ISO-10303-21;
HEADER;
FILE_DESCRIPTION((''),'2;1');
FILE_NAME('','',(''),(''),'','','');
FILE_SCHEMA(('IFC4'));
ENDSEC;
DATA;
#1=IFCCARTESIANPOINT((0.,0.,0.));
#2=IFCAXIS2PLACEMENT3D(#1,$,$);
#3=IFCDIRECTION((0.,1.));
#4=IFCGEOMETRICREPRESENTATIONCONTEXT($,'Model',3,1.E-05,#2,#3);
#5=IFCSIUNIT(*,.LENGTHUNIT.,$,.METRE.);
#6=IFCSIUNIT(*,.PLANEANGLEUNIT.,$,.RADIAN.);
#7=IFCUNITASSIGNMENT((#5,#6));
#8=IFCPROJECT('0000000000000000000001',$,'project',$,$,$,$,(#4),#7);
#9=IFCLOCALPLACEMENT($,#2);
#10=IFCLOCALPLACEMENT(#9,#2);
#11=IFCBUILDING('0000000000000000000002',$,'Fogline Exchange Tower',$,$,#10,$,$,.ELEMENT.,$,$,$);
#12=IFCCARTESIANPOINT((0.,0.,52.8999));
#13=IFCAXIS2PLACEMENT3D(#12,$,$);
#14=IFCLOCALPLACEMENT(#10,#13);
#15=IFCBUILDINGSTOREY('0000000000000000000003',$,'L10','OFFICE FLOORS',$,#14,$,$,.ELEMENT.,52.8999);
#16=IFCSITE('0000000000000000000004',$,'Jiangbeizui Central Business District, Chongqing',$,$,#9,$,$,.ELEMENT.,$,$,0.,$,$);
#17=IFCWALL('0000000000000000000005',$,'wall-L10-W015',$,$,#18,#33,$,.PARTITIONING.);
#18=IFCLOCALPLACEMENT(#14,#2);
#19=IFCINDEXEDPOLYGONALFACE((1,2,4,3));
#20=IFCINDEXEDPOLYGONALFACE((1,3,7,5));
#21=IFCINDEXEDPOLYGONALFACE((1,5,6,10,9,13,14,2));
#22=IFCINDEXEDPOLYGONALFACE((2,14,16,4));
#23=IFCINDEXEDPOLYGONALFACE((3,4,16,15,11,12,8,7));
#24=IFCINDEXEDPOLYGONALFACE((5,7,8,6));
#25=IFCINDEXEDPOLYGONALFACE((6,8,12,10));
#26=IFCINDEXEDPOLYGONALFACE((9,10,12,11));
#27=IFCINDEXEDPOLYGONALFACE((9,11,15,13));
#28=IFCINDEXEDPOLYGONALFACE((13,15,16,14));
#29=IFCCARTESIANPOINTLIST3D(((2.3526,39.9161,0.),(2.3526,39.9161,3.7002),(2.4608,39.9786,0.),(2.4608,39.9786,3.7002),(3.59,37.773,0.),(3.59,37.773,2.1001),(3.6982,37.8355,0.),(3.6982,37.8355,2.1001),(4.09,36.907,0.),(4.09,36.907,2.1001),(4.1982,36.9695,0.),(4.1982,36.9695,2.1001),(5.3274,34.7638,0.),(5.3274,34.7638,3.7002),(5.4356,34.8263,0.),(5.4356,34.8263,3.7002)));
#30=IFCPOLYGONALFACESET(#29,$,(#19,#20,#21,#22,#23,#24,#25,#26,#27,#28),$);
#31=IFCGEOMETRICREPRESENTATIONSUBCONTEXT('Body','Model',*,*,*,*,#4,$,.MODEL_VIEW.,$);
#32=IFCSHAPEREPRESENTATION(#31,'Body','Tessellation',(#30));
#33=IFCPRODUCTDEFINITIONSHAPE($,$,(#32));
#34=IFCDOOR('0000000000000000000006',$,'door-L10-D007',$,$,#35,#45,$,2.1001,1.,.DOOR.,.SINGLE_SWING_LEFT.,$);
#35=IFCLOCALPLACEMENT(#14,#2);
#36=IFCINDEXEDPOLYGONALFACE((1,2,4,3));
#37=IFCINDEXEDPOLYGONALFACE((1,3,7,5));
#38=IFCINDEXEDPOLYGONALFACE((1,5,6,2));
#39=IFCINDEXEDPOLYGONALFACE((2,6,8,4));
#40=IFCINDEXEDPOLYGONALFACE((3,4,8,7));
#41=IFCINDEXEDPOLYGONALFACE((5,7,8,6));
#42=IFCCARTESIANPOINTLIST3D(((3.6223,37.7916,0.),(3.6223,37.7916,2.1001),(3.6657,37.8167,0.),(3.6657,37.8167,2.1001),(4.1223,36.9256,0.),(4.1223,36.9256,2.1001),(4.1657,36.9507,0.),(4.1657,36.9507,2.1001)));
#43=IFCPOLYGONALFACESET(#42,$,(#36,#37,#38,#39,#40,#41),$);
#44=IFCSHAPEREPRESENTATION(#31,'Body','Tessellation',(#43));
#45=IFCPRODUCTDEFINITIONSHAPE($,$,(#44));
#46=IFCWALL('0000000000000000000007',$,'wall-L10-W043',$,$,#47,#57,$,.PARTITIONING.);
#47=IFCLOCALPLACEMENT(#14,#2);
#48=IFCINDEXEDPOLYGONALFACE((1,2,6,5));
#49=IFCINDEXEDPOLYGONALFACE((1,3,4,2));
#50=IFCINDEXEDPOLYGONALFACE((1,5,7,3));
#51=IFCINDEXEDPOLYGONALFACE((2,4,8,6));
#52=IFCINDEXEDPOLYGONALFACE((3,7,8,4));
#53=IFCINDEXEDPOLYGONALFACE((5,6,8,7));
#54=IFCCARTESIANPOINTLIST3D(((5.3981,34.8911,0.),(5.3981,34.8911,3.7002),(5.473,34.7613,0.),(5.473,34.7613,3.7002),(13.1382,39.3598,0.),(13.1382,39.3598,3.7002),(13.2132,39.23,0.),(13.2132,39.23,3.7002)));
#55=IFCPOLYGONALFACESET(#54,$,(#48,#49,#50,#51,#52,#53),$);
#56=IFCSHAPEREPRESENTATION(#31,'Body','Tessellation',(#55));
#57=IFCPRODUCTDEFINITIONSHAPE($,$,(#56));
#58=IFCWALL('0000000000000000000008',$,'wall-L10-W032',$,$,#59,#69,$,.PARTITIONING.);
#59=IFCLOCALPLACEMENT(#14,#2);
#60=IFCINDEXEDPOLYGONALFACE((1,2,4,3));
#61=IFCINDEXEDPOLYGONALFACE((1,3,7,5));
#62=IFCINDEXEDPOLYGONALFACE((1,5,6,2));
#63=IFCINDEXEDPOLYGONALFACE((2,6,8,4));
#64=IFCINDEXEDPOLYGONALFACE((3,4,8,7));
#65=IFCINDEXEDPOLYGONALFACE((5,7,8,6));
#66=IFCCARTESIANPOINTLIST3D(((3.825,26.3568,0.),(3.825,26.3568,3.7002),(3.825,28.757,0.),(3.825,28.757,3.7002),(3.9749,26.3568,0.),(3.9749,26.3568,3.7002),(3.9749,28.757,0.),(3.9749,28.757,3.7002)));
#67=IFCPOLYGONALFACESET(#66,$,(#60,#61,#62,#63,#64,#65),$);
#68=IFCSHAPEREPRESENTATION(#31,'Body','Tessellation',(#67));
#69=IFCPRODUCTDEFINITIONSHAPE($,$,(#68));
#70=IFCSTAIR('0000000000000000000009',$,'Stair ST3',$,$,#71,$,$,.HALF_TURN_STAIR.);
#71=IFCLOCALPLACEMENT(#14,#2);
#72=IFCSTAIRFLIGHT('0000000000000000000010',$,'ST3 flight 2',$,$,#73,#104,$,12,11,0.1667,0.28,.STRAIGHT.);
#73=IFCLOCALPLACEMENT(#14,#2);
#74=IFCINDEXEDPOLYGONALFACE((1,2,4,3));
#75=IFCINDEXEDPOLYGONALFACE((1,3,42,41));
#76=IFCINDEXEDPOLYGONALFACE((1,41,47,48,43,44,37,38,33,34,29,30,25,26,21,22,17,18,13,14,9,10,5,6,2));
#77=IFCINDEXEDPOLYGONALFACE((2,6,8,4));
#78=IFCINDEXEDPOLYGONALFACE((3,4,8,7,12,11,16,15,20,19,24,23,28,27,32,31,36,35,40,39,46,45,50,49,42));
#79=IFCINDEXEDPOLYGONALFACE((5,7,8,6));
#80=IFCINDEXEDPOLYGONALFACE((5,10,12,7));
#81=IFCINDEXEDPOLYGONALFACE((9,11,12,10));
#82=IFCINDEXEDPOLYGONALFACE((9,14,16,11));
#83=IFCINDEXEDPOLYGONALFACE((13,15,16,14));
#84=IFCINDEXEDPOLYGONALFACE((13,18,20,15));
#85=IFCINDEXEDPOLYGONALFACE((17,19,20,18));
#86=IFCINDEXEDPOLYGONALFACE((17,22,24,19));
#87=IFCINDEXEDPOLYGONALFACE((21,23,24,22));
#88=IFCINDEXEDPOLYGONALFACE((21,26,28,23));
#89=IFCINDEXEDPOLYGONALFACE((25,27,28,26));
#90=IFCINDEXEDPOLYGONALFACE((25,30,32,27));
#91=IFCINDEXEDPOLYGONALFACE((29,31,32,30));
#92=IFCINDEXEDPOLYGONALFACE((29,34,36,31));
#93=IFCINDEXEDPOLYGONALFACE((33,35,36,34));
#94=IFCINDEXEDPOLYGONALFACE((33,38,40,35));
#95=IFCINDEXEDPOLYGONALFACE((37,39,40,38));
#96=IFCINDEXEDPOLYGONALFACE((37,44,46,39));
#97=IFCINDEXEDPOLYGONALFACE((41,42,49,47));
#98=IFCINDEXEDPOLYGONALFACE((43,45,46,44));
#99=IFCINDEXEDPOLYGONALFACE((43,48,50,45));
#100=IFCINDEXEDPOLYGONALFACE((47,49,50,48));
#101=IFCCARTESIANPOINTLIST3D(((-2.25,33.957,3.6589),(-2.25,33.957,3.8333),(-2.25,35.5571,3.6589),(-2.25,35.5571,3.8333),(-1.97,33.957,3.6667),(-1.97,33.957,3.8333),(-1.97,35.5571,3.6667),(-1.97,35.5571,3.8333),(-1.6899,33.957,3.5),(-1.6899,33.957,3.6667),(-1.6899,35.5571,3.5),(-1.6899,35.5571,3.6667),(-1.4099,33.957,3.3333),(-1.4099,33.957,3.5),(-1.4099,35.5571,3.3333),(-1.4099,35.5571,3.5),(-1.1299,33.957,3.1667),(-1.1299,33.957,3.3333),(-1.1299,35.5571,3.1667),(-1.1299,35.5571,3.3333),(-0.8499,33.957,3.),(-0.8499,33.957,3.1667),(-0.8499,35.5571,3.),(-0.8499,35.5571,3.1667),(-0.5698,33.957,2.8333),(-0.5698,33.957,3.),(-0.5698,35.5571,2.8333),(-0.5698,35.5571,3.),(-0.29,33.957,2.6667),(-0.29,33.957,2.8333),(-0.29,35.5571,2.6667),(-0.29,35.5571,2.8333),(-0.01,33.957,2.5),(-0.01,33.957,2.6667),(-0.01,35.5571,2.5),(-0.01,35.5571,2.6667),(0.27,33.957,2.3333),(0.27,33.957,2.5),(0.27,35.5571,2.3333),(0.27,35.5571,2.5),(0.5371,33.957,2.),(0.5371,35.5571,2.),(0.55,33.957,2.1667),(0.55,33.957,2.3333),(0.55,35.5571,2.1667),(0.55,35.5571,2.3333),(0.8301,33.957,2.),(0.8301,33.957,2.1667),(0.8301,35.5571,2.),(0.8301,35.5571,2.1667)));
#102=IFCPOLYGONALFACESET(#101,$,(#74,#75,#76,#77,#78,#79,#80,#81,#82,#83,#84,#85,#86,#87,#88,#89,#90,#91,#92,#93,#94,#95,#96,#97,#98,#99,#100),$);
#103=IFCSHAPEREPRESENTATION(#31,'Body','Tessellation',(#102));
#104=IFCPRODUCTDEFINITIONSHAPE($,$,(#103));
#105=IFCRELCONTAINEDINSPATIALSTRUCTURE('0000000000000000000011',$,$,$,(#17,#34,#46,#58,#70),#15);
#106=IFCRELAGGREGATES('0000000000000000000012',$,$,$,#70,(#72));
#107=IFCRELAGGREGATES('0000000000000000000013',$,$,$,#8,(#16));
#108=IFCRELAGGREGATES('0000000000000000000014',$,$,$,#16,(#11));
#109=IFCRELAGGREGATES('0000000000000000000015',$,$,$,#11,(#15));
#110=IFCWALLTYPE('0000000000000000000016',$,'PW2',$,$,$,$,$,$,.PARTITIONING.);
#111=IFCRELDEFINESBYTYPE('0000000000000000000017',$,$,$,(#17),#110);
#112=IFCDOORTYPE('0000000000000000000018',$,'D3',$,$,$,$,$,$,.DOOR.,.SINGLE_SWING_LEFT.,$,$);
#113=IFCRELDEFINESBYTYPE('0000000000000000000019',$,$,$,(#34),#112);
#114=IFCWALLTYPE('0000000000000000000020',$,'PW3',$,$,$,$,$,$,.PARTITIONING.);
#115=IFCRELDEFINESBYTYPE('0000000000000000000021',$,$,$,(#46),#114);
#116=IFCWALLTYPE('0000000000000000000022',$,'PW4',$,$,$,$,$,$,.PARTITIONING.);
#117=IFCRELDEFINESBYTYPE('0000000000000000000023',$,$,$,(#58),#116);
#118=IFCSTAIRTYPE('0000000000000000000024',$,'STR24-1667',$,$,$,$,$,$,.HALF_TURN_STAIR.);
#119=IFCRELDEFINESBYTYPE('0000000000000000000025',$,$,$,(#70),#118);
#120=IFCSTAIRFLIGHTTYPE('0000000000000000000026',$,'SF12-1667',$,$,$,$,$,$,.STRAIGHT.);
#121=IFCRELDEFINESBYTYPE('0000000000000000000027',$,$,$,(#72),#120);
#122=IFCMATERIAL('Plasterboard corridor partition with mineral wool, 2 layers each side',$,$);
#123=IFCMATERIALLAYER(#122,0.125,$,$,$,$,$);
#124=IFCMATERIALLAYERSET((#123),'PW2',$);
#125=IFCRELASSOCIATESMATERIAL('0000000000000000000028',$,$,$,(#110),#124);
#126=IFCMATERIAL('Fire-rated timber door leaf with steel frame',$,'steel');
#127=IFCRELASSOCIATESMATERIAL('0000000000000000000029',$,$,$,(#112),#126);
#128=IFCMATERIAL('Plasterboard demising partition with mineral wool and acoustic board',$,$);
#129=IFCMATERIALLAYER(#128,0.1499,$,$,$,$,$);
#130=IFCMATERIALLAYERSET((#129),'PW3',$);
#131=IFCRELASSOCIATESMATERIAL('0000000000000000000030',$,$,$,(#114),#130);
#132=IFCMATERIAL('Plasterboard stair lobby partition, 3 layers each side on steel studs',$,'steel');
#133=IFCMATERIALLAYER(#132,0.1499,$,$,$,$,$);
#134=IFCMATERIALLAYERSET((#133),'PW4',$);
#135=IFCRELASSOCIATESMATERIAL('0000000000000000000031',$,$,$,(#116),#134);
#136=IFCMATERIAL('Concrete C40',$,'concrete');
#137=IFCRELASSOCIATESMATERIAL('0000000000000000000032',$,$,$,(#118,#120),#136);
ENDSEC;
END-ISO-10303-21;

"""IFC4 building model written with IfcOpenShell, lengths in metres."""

from ifc_helpers import new_model, si_unit, direction, frame, frame_2d, origin, place, context, subcontext, project, spatial, polyline, rectangle, outline, extrude, material, layer, layer_set, type_object, element, fill, aggregate, save


model = new_model("IFC4")

# Units and contexts
model_context = context("Model", 3, precision=1e-05, world=origin(), true_north=direction((0.0, 1.0)))
body_context = subcontext(model_context, "Body", "Model", "MODEL_VIEW")
ifc_project = project(units=[si_unit("LENGTHUNIT", "METRE"), si_unit("PLANEANGLEUNIT", "RADIAN")], contexts=[model_context])

# Site, building, storey
site_placement = place(None, origin())
site = spatial("IfcSite", under=ifc_project, at=site_placement, Name="Jiangbeizui Central Business District, Chongqing", CompositionType="ELEMENT", RefElevation=0.0)
building_placement = place(site_placement, origin())
building = spatial("IfcBuilding", under=site, at=building_placement, Name="Fogline Exchange Tower", CompositionType="ELEMENT")
storey_placement = place(building_placement, frame((0.0, 0.0, 52.8999)))
storey = spatial("IfcBuildingStorey", under=building, at=storey_placement, Name="L10", Description="OFFICE FLOORS", CompositionType="ELEMENT", Elevation=52.8999)

# Shared definitions
ifc_material_1 = material(Name="Concrete C40", Category="concrete")

# Shared definitions
ifc_material_2 = material(Name="Plasterboard corridor partition with mineral wool, 2 layers each side")
ifc_layer_1 = layer(ifc_material_2, 0.125)
ifc_layer_set_1 = layer_set([ifc_layer_1], Name="PW2")
wall_type_1 = type_object("IfcWallType", Name="PW2", PredefinedType="PARTITIONING", material=ifc_layer_set_1)
ifc_material_3 = material(Name="Fire-rated timber door leaf with steel frame", Category="steel")
door_type = type_object("IfcDoorType", Name="D3", OperationType="SINGLE_SWING_LEFT", PredefinedType="DOOR", material=ifc_material_3)

# Wall, opening, door
wall_1_placement = place(storey_placement, frame((2.4067, 39.9473, 0.0), z_axis=(0.0, 0.0, 1.0), x_axis=(0.500018, -0.866015, 0.0)))
wall_1 = element("IfcWall", 1, at=wall_1_placement, inside=storey, type_object=wall_type_1, Name="wall-L10-W015", PredefinedType="PARTITIONING", context=body_context, shape_type="SweptSolid", body=[
    extrude(rectangle(XDim=5.9495, YDim=0.125, at=frame_2d((2.9746, 0.0))), origin(), (0.0, 0.0, 1.0), 3.7002),
])
opening_1_placement = place(wall_1_placement, frame((2.4746, 0.0, 0.0)))
opening_1 = element("IfcOpeningElement", 2, at=opening_1_placement, cuts=wall_1, PredefinedType="OPENING", context=body_context, shape_type="SweptSolid", body=[
    extrude(rectangle(XDim=1.0, YDim=2.1001, at=frame_2d((0.5, 1.05))), frame((0.0, 0.0725, 0.0), z_axis=(0.0, -1.0, 0.0), x_axis=(1.0, 0.0, 0.0)), (0.0, 0.0, 1.0), 0.145),
])
door_1_placement = place(opening_1_placement, origin())
door_1 = element("IfcDoor", 3, at=door_1_placement, inside=storey, type_object=door_type, Name="door-L10-D007", OperationType="SINGLE_SWING_LEFT", OverallHeight=2.1001, OverallWidth=1.0, PredefinedType="DOOR", context=body_context, shape_type="SweptSolid", body=[
    extrude(rectangle(XDim=1.0, YDim=2.1001, at=frame_2d((0.5, 1.05))), frame((0.0, 0.0249, 0.0), z_axis=(0.0, -1.0, 0.0), x_axis=(1.0, 0.0, 0.0)), (0.0, 0.0, 1.0), 0.05),
])
fill(opening_1, door_1)

# Walls
ifc_material_4 = material(Name="Plasterboard demising partition with mineral wool and acoustic board")
ifc_layer_2 = layer(ifc_material_4, 0.1499)
ifc_layer_set_2 = layer_set([ifc_layer_2], Name="PW3")
wall_type_2 = type_object("IfcWallType", Name="PW3", PredefinedType="PARTITIONING", material=ifc_layer_set_2)
wall_2_placement = place(storey_placement, frame((5.4355, 34.8262, 0.0), z_axis=(0.0, 0.0, 1.0), x_axis=(0.866029, 0.499994, 0.0)))
element("IfcWall", 4, at=wall_2_placement, inside=storey, type_object=wall_type_2, Name="wall-L10-W043", PredefinedType="PARTITIONING", context=body_context, shape_type="SweptSolid", body=[
    extrude(rectangle(XDim=8.9375, YDim=0.1499, at=frame_2d((4.4688, 0.0))), origin(), (0.0, 0.0, 1.0), 3.7002),
])
ifc_material_5 = material(Name="Plasterboard stair lobby partition, 3 layers each side on steel studs", Category="steel")
ifc_layer_3 = layer(ifc_material_5, 0.1499)
ifc_layer_set_3 = layer_set([ifc_layer_3], Name="PW4")
wall_type_3 = type_object("IfcWallType", Name="PW4", PredefinedType="PARTITIONING", material=ifc_layer_set_3)
wall_3_placement = place(storey_placement, frame((3.8999, 28.7571, 0.0), z_axis=(0.0, 0.0, 1.0), x_axis=(0.0, -1.0, 0.0)))
element("IfcWall", 5, at=wall_3_placement, inside=storey, type_object=wall_type_3, Name="wall-L10-W032", PredefinedType="PARTITIONING", context=body_context, shape_type="SweptSolid", body=[
    extrude(rectangle(XDim=2.4001, YDim=0.1499, at=frame_2d((1.2002, 0.0))), origin(), (0.0, 0.0, 1.0), 3.7002),
])

# Stair, stair flight
stair_type = type_object("IfcStairType", Name="STR24-1667", PredefinedType="HALF_TURN_STAIR", material=ifc_material_1)
stair_placement = place(storey_placement, origin())
stair = element("IfcStair", 6, at=stair_placement, inside=storey, type_object=stair_type, Name="Stair ST3", PredefinedType="HALF_TURN_STAIR")
stair_flight_type = type_object("IfcStairFlightType", Name="SF12-1667", PredefinedType="STRAIGHT", material=ifc_material_1)
stair_flight_placement = place(storey_placement, frame((0.8301, 34.7571, 2.0), z_axis=(0.0, 0.0, 1.0), x_axis=(-1.0, 0.0, 0.0)))
stair_flight = element("IfcStairFlight", 7, at=stair_flight_placement, type_object=stair_flight_type, Name="ST3 flight 2", NumberOfRisers=12, NumberOfTreads=11, PredefinedType="STRAIGHT", RiserHeight=0.1667, TreadLength=0.28, context=body_context, shape_type="SweptSolid", body=[
    extrude(outline(polyline([(0.0, 0.0), (0.0, 0.1667), (0.28, 0.1667), (0.28, 0.3333), (0.5601, 0.3333), (0.5601, 0.5), (0.8401, 0.5), (0.8401, 0.6667), (1.1201, 0.6667), (1.1201, 0.8333), (1.3999, 0.8333), (1.3999, 1.0), (1.6799, 1.0), (1.6799, 1.1667), (1.96, 1.1667), (1.96, 1.3333), (2.24, 1.3333), (2.24, 1.5), (2.52, 1.5), (2.52, 1.6667), (2.8, 1.6667), (2.8, 1.8333), (3.0801, 1.8333), (3.0801, 2.0), (3.0801, 1.6589), (0.293, 0.0), (0.0, 0.0)])), frame((0.0, 0.8, 0.0), z_axis=(0.0, -1.0, 0.0), x_axis=(1.0, 0.0, 0.0)), (0.0, 0.0, 1.0), 1.6001),
])
aggregate(stair, [stair_flight])

save(model, "model.ifc")
